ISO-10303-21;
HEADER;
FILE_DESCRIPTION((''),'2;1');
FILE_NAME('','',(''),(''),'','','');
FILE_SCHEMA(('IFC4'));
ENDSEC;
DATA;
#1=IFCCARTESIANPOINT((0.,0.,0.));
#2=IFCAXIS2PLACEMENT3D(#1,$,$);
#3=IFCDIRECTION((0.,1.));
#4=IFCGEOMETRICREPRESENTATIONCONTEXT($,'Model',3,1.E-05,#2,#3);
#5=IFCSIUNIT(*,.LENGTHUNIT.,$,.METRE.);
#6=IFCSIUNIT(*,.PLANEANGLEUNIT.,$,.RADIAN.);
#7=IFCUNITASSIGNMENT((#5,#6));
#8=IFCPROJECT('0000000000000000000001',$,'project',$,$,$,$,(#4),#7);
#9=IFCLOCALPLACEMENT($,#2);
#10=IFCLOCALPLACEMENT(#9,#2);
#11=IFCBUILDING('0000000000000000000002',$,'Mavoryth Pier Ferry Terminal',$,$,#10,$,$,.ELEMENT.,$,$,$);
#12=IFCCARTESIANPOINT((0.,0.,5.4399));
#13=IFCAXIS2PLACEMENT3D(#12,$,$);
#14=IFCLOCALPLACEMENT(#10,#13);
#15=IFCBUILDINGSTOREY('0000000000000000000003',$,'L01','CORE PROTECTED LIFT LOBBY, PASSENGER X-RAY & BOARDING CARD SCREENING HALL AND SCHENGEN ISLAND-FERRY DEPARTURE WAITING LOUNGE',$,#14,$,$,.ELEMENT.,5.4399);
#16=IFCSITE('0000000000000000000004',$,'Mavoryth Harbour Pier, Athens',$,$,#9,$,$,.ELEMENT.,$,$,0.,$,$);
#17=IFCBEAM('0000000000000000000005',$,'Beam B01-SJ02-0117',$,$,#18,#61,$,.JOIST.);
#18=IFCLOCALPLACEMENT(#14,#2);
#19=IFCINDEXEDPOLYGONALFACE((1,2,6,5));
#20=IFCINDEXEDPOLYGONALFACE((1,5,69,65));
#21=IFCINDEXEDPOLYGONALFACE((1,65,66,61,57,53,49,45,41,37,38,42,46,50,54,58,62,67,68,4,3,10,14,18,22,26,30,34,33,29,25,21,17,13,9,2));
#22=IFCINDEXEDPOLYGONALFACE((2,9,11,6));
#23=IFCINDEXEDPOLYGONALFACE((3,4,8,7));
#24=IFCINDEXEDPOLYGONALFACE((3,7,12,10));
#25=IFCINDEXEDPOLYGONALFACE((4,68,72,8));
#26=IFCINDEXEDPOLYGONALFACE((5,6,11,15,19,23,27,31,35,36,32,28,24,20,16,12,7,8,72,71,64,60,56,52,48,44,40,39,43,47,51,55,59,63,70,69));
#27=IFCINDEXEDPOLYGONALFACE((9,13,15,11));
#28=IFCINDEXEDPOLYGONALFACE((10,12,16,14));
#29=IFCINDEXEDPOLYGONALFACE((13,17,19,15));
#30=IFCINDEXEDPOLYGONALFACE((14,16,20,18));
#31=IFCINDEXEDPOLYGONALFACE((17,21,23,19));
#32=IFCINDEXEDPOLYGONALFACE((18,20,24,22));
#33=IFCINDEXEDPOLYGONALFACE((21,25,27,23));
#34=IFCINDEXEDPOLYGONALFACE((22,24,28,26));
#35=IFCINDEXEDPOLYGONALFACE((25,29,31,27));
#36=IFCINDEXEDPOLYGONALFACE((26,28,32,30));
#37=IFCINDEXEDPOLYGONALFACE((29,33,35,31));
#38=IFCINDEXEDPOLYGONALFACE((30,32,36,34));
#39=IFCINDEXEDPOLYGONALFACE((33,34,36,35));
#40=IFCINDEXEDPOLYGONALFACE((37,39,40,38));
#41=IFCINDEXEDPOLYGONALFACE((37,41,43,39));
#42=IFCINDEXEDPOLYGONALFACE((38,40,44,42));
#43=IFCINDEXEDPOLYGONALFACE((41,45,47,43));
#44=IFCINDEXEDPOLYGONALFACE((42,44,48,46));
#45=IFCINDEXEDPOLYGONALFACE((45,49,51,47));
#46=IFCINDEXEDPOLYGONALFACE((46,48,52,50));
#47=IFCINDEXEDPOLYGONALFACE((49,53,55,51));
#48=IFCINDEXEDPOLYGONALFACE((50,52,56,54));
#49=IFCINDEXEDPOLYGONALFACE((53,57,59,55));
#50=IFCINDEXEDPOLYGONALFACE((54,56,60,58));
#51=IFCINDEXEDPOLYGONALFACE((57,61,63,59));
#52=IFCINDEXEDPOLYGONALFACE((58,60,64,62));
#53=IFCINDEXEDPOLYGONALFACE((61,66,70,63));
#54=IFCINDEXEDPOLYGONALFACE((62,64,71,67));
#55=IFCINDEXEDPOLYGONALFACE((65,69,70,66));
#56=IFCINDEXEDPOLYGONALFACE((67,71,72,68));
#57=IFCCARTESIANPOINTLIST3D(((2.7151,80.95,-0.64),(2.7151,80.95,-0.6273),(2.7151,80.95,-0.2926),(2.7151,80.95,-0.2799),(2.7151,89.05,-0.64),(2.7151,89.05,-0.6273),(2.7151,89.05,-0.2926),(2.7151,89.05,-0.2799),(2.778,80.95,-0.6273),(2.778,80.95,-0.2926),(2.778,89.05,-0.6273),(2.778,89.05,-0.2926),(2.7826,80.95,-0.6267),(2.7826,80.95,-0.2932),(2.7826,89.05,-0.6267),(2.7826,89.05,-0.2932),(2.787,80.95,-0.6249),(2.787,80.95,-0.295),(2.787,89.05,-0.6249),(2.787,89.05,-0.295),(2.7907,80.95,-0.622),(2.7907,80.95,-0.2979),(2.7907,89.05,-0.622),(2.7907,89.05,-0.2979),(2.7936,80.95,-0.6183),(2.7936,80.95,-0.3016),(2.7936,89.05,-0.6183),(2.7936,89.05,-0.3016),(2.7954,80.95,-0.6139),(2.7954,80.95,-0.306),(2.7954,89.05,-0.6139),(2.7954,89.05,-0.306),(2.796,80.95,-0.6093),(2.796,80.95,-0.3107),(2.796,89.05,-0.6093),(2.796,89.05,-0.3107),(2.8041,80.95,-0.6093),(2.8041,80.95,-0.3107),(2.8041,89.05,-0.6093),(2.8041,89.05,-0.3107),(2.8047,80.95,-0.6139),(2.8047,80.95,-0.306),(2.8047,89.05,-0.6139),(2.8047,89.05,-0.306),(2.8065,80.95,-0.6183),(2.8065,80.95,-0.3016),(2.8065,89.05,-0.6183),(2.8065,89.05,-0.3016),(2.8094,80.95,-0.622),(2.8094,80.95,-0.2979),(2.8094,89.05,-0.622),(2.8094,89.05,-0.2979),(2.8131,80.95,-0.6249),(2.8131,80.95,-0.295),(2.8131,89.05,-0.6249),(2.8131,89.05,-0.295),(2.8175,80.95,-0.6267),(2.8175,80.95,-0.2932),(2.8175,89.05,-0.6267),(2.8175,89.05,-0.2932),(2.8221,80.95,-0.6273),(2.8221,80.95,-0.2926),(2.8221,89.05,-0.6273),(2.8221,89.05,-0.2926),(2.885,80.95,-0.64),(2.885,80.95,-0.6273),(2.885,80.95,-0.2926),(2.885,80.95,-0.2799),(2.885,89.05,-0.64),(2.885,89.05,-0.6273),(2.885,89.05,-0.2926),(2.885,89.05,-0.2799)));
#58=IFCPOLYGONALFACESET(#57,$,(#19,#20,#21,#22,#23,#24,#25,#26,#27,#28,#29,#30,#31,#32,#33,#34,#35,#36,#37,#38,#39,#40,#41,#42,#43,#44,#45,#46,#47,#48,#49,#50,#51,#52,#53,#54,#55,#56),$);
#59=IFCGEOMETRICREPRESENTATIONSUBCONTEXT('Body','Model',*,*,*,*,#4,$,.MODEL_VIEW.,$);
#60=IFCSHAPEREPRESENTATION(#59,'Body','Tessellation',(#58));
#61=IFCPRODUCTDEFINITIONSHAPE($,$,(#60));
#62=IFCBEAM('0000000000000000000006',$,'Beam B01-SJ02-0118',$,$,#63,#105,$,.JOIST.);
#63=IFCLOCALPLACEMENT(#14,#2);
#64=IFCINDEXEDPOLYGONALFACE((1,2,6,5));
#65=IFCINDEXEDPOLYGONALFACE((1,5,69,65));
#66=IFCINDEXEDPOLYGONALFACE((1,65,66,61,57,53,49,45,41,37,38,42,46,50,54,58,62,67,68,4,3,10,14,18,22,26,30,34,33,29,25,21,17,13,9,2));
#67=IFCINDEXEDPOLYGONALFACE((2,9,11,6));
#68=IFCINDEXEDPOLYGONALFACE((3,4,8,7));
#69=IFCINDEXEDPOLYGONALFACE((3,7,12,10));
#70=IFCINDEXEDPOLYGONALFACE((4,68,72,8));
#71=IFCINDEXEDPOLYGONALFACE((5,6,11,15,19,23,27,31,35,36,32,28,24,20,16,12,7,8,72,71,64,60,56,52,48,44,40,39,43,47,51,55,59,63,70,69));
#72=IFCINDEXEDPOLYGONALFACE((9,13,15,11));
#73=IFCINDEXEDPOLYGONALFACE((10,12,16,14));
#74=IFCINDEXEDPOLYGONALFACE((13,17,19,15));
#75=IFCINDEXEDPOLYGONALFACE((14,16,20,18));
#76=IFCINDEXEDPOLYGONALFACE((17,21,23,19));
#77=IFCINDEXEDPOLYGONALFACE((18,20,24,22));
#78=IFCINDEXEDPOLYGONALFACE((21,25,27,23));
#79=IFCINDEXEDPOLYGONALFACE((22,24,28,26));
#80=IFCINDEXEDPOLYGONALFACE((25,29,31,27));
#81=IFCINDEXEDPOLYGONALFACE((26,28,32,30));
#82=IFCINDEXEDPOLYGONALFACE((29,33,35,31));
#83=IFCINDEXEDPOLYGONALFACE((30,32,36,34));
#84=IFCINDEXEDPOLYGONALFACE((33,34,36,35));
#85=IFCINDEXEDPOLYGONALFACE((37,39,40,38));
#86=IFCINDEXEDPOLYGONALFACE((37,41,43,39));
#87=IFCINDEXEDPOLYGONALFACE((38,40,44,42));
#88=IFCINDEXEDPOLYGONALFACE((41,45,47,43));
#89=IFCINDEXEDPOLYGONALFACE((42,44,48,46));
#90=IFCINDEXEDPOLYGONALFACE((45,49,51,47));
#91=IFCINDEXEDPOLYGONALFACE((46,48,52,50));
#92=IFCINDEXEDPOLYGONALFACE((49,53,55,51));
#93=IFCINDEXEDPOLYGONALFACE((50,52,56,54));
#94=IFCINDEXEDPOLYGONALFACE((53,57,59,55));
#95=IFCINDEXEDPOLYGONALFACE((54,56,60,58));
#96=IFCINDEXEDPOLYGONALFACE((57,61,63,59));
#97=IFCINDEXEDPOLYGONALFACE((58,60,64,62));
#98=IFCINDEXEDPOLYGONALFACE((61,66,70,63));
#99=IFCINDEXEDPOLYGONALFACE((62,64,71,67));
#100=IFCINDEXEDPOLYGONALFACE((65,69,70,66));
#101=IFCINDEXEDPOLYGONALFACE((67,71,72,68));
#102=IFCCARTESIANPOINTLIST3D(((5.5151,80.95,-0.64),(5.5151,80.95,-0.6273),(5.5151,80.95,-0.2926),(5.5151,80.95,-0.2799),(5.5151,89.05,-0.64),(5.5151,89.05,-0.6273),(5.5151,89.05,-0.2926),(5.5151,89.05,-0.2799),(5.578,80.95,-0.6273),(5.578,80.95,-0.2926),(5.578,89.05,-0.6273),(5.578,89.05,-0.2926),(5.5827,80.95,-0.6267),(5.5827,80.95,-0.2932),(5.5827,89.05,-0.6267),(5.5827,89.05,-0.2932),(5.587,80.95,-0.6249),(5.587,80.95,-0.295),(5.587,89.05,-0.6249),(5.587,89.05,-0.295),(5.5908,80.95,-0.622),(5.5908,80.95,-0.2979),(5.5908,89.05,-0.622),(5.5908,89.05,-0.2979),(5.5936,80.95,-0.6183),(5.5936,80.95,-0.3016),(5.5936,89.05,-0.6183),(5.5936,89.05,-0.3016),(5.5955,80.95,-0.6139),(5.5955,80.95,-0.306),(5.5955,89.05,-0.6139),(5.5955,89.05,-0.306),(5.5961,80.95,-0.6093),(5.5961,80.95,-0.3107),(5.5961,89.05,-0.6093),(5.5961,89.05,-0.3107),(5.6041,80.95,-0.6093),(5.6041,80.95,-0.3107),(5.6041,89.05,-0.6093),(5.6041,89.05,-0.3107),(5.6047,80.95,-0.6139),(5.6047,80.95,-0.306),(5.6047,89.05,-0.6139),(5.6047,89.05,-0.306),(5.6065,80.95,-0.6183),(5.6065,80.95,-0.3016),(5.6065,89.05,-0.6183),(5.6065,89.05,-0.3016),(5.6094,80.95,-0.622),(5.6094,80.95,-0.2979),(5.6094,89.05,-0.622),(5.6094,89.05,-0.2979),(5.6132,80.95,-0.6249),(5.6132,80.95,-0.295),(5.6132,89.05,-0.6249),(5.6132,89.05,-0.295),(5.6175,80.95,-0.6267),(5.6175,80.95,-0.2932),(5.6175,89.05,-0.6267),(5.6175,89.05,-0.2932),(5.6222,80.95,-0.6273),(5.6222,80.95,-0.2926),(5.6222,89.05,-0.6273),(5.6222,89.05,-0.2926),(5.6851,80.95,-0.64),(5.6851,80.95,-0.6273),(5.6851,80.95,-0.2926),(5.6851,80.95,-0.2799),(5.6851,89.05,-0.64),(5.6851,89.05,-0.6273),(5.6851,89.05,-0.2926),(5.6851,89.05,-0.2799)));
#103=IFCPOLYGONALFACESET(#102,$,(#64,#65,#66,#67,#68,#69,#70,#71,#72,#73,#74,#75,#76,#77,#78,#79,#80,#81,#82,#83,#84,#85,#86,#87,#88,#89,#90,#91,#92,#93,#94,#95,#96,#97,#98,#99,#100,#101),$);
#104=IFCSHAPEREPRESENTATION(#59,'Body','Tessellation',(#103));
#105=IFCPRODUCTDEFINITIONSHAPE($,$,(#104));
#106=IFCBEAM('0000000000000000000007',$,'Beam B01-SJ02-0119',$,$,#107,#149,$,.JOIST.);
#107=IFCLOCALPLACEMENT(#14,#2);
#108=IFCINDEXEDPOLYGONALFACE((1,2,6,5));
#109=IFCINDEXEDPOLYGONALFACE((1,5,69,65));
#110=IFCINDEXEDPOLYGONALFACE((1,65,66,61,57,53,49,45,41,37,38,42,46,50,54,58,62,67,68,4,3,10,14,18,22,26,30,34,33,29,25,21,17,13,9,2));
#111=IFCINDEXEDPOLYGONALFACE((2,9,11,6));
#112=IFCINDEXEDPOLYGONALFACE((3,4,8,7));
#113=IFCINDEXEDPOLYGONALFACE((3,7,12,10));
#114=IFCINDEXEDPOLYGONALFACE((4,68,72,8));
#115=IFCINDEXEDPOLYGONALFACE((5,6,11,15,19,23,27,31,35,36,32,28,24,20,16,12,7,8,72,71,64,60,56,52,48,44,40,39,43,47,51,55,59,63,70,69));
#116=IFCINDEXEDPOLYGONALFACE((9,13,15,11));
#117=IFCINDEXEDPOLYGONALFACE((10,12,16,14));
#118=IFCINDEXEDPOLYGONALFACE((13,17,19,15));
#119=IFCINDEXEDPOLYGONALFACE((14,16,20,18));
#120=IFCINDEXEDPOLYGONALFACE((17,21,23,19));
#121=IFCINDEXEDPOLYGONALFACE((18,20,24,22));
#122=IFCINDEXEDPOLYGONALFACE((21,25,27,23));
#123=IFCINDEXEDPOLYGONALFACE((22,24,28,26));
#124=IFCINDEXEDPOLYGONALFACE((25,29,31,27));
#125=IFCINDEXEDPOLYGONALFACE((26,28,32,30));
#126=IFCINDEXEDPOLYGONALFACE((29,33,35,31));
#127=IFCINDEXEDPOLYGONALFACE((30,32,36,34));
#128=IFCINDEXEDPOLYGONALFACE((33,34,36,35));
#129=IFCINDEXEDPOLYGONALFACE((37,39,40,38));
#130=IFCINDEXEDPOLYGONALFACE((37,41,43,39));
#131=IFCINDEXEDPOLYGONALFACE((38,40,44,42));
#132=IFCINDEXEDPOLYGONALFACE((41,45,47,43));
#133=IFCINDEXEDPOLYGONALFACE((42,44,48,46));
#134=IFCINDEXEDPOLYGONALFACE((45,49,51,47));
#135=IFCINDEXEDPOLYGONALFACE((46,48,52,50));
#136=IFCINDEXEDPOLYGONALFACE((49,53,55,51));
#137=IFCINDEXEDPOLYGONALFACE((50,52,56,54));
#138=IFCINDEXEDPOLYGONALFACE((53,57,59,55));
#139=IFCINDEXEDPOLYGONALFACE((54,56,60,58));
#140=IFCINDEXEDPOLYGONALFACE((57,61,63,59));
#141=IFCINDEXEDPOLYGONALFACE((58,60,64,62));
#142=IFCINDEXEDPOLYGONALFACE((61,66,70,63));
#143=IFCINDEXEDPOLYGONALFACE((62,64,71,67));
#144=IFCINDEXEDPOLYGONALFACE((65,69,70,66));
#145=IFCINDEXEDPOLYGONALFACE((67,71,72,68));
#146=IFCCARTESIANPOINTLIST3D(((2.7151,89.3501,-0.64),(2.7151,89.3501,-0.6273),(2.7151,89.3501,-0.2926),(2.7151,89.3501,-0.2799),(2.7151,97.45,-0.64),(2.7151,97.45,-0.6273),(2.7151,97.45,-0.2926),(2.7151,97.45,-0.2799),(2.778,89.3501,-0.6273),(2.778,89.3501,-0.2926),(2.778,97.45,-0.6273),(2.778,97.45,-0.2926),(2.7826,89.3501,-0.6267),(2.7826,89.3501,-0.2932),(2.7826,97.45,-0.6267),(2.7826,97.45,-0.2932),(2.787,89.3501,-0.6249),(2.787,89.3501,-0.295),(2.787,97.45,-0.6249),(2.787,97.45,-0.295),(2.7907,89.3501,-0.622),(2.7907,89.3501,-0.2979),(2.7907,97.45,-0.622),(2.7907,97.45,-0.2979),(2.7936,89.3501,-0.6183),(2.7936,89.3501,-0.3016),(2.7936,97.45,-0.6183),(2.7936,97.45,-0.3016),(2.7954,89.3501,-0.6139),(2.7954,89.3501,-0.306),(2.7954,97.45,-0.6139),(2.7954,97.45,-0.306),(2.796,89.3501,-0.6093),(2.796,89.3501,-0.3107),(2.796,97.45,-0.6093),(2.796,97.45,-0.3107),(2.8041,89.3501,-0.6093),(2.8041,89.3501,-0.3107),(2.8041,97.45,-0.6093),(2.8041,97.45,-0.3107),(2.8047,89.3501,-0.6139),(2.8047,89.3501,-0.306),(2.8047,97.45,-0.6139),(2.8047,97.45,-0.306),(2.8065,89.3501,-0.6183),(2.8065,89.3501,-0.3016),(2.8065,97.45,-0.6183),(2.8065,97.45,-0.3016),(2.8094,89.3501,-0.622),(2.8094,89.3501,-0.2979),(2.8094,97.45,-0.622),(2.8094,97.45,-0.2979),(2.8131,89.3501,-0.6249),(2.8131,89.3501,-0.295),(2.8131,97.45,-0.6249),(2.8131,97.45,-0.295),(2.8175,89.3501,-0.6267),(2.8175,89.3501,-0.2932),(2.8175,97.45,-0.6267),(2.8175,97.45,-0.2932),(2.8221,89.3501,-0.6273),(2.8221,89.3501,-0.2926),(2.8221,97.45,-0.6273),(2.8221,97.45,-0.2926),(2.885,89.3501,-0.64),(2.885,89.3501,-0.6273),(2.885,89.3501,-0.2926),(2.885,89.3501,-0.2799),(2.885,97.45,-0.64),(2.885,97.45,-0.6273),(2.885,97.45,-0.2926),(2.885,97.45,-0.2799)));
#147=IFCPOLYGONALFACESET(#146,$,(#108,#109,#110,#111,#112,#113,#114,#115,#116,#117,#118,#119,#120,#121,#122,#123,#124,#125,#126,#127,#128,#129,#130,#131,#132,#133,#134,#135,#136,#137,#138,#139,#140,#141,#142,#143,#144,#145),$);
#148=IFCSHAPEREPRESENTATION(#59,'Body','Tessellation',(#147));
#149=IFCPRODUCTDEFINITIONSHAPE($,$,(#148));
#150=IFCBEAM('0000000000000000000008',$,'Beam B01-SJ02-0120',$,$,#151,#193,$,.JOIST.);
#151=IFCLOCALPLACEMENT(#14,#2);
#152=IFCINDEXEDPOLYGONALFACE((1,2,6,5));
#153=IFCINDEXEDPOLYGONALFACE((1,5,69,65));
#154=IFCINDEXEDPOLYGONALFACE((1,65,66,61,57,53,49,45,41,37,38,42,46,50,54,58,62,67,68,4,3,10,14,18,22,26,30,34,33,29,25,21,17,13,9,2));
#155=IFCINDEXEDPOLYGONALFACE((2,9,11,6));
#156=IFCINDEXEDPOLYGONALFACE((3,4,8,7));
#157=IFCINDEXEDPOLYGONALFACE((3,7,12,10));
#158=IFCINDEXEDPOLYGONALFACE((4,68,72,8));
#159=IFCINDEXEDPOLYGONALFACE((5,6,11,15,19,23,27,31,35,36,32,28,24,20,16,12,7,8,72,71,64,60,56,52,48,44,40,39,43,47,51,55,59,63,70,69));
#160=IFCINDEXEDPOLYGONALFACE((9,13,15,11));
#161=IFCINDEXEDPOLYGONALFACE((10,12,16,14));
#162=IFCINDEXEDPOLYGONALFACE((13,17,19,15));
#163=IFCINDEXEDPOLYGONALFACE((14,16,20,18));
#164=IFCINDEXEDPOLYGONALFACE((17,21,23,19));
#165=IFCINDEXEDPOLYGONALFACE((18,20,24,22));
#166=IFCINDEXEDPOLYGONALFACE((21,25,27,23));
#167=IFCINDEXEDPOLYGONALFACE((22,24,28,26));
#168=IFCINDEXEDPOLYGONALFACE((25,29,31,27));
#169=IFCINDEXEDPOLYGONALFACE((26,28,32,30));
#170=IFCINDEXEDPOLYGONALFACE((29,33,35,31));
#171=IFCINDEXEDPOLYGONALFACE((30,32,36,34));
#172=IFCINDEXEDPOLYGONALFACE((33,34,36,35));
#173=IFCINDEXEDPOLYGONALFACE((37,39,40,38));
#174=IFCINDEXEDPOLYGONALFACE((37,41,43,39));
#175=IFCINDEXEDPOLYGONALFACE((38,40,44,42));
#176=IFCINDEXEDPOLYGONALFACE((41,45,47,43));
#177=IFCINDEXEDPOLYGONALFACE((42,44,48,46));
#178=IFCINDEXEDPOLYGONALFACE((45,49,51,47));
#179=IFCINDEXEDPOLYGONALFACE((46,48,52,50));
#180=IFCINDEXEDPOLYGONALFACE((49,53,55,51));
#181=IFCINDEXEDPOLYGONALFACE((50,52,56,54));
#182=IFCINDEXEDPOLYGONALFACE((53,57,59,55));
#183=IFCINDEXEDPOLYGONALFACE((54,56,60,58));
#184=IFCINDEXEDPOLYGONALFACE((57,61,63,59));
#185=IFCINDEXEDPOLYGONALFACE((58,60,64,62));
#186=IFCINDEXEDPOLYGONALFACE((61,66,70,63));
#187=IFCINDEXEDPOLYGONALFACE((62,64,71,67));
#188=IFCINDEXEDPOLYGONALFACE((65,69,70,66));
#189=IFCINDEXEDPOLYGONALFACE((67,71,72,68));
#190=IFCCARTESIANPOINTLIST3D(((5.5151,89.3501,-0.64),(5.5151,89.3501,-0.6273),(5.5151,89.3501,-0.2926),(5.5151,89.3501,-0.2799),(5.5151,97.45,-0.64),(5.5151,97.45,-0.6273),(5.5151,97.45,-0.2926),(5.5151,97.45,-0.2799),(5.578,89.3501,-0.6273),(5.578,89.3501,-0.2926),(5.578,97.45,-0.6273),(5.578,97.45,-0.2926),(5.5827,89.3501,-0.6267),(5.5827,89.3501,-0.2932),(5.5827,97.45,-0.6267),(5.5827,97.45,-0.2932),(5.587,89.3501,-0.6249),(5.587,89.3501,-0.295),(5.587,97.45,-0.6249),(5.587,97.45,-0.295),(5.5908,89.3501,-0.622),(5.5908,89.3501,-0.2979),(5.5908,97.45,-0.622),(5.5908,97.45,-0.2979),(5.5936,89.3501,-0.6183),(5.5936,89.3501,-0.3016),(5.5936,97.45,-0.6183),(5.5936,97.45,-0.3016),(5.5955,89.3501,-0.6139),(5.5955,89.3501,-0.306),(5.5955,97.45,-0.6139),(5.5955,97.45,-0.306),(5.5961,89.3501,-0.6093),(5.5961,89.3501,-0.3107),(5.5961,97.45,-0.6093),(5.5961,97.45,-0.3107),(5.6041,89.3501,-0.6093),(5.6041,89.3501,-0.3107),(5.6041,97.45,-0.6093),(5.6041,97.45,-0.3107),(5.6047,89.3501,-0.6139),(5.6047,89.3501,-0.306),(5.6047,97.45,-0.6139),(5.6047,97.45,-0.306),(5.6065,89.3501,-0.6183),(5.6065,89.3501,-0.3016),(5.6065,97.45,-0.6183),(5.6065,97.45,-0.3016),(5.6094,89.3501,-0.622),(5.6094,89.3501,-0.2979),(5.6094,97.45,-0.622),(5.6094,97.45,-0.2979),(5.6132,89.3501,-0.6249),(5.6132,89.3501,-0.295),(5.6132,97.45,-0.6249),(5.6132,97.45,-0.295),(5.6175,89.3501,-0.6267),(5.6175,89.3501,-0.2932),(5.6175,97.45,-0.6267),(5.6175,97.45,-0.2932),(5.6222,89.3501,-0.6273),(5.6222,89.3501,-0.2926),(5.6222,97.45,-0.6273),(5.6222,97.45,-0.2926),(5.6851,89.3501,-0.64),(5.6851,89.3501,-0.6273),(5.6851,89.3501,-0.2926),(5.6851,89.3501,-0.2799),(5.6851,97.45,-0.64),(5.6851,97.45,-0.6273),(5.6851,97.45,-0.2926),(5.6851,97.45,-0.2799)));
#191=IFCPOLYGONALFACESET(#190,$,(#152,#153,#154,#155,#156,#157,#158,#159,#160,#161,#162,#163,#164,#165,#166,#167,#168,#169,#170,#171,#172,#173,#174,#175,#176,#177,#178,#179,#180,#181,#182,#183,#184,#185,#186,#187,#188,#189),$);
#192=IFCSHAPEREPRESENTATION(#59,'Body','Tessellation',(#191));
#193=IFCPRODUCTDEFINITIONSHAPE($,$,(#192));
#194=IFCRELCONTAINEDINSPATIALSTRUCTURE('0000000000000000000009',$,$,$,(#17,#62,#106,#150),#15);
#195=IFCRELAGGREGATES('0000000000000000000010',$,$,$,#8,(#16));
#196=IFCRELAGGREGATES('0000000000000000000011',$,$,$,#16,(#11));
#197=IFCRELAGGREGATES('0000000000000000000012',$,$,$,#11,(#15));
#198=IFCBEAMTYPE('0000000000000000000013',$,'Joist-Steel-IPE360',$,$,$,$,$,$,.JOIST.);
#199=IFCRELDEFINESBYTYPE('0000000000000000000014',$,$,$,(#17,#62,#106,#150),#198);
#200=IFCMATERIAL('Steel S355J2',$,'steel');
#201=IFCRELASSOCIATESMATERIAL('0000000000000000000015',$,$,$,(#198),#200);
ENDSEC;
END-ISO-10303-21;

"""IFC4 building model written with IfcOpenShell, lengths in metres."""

from ifc_helpers import new_model, si_unit, direction, frame, origin, origin_2d, place, context, subcontext, project, spatial, i_section, extrude, material, material_profile, profile_set, type_object, element, save


model = new_model("IFC4")

# Units and contexts
model_context = context("Model", 3, precision=1e-05, world=origin(), true_north=direction((0.0, 1.0)))
body_context = subcontext(model_context, "Body", "Model", "MODEL_VIEW")
ifc_project = project(units=[si_unit("LENGTHUNIT", "METRE"), si_unit("PLANEANGLEUNIT", "RADIAN")], contexts=[model_context])

# Site, building, storey
site_placement = place(None, origin())
site = spatial("IfcSite", under=ifc_project, at=site_placement, Name="Mavoryth Harbour Pier, Athens", CompositionType="ELEMENT", RefElevation=0.0)
building_placement = place(site_placement, origin())
building = spatial("IfcBuilding", under=site, at=building_placement, Name="Mavoryth Pier Ferry Terminal", CompositionType="ELEMENT")
storey_placement = place(building_placement, frame((0.0, 0.0, 5.4399)))
storey = spatial("IfcBuildingStorey", under=building, at=storey_placement, Name="L01", Description="CORE PROTECTED LIFT LOBBY, PASSENGER X-RAY & BOARDING CARD SCREENING HALL AND SCHENGEN ISLAND-FERRY DEPARTURE WAITING LOUNGE", CompositionType="ELEMENT", Elevation=5.4399)

# Shared definitions
ifc_material_1 = material(Name="Steel S355J2", Category="steel")

# Beams
ifc_material_profile_1 = material_profile(ifc_material_1, i_section(OverallWidth=0.1699, OverallDepth=0.3601, WebThickness=0.0081, FlangeThickness=0.0127, FilletRadius=0.0181, at=origin_2d()), Name="IPE 360", Category="steel")
ifc_profile_set_1 = profile_set([ifc_material_profile_1], Name="Steel S355J2 - IPE 360")
beam_type_1 = type_object("IfcBeamType", Name="Joist-Steel-IPE360", PredefinedType="JOIST", material=ifc_profile_set_1)
for number, where, z_axis, x_axis, name in (
    (1, (2.8, 80.95, -0.46), (0.0, 1.0, 0.0), (-1.0, 0.0, 0.0), "Beam B01-SJ02-0117"),
    (2, (5.6001, 80.95, -0.46), (0.0, 1.0, 0.0), (-1.0, 0.0, 0.0), "Beam B01-SJ02-0118"),
):
    element("IfcBeam", number, at=place(storey_placement, frame(where, z_axis=z_axis, x_axis=x_axis)), inside=storey, type_object=beam_type_1, Name=name, PredefinedType="JOIST", context=body_context, shape_type="SweptSolid", body=[
        extrude(i_section(OverallWidth=0.1699, OverallDepth=0.3601, WebThickness=0.0081, FlangeThickness=0.0127, FilletRadius=0.0181, at=origin_2d()), origin(), (0.0, 0.0, 1.0), 8.1001),
    ])
for number, where, z_axis, x_axis, name in (
    (3, (2.8, 89.3501, -0.46), (0.0, 1.0, 0.0), (-1.0, 0.0, 0.0), "Beam B01-SJ02-0119"),
    (4, (5.6001, 89.3501, -0.46), (0.0, 1.0, 0.0), (-1.0, 0.0, 0.0), "Beam B01-SJ02-0120"),
):
    element("IfcBeam", number, at=place(storey_placement, frame(where, z_axis=z_axis, x_axis=x_axis)), inside=storey, type_object=beam_type_1, Name=name, PredefinedType="JOIST", context=body_context, shape_type="SweptSolid", body=[
        extrude(i_section(OverallWidth=0.1699, OverallDepth=0.3601, WebThickness=0.0081, FlangeThickness=0.0127, FilletRadius=0.0181, at=origin_2d()), origin(), (0.0, 0.0, 1.0), 8.0999),
    ])

save(model, "model.ifc")
